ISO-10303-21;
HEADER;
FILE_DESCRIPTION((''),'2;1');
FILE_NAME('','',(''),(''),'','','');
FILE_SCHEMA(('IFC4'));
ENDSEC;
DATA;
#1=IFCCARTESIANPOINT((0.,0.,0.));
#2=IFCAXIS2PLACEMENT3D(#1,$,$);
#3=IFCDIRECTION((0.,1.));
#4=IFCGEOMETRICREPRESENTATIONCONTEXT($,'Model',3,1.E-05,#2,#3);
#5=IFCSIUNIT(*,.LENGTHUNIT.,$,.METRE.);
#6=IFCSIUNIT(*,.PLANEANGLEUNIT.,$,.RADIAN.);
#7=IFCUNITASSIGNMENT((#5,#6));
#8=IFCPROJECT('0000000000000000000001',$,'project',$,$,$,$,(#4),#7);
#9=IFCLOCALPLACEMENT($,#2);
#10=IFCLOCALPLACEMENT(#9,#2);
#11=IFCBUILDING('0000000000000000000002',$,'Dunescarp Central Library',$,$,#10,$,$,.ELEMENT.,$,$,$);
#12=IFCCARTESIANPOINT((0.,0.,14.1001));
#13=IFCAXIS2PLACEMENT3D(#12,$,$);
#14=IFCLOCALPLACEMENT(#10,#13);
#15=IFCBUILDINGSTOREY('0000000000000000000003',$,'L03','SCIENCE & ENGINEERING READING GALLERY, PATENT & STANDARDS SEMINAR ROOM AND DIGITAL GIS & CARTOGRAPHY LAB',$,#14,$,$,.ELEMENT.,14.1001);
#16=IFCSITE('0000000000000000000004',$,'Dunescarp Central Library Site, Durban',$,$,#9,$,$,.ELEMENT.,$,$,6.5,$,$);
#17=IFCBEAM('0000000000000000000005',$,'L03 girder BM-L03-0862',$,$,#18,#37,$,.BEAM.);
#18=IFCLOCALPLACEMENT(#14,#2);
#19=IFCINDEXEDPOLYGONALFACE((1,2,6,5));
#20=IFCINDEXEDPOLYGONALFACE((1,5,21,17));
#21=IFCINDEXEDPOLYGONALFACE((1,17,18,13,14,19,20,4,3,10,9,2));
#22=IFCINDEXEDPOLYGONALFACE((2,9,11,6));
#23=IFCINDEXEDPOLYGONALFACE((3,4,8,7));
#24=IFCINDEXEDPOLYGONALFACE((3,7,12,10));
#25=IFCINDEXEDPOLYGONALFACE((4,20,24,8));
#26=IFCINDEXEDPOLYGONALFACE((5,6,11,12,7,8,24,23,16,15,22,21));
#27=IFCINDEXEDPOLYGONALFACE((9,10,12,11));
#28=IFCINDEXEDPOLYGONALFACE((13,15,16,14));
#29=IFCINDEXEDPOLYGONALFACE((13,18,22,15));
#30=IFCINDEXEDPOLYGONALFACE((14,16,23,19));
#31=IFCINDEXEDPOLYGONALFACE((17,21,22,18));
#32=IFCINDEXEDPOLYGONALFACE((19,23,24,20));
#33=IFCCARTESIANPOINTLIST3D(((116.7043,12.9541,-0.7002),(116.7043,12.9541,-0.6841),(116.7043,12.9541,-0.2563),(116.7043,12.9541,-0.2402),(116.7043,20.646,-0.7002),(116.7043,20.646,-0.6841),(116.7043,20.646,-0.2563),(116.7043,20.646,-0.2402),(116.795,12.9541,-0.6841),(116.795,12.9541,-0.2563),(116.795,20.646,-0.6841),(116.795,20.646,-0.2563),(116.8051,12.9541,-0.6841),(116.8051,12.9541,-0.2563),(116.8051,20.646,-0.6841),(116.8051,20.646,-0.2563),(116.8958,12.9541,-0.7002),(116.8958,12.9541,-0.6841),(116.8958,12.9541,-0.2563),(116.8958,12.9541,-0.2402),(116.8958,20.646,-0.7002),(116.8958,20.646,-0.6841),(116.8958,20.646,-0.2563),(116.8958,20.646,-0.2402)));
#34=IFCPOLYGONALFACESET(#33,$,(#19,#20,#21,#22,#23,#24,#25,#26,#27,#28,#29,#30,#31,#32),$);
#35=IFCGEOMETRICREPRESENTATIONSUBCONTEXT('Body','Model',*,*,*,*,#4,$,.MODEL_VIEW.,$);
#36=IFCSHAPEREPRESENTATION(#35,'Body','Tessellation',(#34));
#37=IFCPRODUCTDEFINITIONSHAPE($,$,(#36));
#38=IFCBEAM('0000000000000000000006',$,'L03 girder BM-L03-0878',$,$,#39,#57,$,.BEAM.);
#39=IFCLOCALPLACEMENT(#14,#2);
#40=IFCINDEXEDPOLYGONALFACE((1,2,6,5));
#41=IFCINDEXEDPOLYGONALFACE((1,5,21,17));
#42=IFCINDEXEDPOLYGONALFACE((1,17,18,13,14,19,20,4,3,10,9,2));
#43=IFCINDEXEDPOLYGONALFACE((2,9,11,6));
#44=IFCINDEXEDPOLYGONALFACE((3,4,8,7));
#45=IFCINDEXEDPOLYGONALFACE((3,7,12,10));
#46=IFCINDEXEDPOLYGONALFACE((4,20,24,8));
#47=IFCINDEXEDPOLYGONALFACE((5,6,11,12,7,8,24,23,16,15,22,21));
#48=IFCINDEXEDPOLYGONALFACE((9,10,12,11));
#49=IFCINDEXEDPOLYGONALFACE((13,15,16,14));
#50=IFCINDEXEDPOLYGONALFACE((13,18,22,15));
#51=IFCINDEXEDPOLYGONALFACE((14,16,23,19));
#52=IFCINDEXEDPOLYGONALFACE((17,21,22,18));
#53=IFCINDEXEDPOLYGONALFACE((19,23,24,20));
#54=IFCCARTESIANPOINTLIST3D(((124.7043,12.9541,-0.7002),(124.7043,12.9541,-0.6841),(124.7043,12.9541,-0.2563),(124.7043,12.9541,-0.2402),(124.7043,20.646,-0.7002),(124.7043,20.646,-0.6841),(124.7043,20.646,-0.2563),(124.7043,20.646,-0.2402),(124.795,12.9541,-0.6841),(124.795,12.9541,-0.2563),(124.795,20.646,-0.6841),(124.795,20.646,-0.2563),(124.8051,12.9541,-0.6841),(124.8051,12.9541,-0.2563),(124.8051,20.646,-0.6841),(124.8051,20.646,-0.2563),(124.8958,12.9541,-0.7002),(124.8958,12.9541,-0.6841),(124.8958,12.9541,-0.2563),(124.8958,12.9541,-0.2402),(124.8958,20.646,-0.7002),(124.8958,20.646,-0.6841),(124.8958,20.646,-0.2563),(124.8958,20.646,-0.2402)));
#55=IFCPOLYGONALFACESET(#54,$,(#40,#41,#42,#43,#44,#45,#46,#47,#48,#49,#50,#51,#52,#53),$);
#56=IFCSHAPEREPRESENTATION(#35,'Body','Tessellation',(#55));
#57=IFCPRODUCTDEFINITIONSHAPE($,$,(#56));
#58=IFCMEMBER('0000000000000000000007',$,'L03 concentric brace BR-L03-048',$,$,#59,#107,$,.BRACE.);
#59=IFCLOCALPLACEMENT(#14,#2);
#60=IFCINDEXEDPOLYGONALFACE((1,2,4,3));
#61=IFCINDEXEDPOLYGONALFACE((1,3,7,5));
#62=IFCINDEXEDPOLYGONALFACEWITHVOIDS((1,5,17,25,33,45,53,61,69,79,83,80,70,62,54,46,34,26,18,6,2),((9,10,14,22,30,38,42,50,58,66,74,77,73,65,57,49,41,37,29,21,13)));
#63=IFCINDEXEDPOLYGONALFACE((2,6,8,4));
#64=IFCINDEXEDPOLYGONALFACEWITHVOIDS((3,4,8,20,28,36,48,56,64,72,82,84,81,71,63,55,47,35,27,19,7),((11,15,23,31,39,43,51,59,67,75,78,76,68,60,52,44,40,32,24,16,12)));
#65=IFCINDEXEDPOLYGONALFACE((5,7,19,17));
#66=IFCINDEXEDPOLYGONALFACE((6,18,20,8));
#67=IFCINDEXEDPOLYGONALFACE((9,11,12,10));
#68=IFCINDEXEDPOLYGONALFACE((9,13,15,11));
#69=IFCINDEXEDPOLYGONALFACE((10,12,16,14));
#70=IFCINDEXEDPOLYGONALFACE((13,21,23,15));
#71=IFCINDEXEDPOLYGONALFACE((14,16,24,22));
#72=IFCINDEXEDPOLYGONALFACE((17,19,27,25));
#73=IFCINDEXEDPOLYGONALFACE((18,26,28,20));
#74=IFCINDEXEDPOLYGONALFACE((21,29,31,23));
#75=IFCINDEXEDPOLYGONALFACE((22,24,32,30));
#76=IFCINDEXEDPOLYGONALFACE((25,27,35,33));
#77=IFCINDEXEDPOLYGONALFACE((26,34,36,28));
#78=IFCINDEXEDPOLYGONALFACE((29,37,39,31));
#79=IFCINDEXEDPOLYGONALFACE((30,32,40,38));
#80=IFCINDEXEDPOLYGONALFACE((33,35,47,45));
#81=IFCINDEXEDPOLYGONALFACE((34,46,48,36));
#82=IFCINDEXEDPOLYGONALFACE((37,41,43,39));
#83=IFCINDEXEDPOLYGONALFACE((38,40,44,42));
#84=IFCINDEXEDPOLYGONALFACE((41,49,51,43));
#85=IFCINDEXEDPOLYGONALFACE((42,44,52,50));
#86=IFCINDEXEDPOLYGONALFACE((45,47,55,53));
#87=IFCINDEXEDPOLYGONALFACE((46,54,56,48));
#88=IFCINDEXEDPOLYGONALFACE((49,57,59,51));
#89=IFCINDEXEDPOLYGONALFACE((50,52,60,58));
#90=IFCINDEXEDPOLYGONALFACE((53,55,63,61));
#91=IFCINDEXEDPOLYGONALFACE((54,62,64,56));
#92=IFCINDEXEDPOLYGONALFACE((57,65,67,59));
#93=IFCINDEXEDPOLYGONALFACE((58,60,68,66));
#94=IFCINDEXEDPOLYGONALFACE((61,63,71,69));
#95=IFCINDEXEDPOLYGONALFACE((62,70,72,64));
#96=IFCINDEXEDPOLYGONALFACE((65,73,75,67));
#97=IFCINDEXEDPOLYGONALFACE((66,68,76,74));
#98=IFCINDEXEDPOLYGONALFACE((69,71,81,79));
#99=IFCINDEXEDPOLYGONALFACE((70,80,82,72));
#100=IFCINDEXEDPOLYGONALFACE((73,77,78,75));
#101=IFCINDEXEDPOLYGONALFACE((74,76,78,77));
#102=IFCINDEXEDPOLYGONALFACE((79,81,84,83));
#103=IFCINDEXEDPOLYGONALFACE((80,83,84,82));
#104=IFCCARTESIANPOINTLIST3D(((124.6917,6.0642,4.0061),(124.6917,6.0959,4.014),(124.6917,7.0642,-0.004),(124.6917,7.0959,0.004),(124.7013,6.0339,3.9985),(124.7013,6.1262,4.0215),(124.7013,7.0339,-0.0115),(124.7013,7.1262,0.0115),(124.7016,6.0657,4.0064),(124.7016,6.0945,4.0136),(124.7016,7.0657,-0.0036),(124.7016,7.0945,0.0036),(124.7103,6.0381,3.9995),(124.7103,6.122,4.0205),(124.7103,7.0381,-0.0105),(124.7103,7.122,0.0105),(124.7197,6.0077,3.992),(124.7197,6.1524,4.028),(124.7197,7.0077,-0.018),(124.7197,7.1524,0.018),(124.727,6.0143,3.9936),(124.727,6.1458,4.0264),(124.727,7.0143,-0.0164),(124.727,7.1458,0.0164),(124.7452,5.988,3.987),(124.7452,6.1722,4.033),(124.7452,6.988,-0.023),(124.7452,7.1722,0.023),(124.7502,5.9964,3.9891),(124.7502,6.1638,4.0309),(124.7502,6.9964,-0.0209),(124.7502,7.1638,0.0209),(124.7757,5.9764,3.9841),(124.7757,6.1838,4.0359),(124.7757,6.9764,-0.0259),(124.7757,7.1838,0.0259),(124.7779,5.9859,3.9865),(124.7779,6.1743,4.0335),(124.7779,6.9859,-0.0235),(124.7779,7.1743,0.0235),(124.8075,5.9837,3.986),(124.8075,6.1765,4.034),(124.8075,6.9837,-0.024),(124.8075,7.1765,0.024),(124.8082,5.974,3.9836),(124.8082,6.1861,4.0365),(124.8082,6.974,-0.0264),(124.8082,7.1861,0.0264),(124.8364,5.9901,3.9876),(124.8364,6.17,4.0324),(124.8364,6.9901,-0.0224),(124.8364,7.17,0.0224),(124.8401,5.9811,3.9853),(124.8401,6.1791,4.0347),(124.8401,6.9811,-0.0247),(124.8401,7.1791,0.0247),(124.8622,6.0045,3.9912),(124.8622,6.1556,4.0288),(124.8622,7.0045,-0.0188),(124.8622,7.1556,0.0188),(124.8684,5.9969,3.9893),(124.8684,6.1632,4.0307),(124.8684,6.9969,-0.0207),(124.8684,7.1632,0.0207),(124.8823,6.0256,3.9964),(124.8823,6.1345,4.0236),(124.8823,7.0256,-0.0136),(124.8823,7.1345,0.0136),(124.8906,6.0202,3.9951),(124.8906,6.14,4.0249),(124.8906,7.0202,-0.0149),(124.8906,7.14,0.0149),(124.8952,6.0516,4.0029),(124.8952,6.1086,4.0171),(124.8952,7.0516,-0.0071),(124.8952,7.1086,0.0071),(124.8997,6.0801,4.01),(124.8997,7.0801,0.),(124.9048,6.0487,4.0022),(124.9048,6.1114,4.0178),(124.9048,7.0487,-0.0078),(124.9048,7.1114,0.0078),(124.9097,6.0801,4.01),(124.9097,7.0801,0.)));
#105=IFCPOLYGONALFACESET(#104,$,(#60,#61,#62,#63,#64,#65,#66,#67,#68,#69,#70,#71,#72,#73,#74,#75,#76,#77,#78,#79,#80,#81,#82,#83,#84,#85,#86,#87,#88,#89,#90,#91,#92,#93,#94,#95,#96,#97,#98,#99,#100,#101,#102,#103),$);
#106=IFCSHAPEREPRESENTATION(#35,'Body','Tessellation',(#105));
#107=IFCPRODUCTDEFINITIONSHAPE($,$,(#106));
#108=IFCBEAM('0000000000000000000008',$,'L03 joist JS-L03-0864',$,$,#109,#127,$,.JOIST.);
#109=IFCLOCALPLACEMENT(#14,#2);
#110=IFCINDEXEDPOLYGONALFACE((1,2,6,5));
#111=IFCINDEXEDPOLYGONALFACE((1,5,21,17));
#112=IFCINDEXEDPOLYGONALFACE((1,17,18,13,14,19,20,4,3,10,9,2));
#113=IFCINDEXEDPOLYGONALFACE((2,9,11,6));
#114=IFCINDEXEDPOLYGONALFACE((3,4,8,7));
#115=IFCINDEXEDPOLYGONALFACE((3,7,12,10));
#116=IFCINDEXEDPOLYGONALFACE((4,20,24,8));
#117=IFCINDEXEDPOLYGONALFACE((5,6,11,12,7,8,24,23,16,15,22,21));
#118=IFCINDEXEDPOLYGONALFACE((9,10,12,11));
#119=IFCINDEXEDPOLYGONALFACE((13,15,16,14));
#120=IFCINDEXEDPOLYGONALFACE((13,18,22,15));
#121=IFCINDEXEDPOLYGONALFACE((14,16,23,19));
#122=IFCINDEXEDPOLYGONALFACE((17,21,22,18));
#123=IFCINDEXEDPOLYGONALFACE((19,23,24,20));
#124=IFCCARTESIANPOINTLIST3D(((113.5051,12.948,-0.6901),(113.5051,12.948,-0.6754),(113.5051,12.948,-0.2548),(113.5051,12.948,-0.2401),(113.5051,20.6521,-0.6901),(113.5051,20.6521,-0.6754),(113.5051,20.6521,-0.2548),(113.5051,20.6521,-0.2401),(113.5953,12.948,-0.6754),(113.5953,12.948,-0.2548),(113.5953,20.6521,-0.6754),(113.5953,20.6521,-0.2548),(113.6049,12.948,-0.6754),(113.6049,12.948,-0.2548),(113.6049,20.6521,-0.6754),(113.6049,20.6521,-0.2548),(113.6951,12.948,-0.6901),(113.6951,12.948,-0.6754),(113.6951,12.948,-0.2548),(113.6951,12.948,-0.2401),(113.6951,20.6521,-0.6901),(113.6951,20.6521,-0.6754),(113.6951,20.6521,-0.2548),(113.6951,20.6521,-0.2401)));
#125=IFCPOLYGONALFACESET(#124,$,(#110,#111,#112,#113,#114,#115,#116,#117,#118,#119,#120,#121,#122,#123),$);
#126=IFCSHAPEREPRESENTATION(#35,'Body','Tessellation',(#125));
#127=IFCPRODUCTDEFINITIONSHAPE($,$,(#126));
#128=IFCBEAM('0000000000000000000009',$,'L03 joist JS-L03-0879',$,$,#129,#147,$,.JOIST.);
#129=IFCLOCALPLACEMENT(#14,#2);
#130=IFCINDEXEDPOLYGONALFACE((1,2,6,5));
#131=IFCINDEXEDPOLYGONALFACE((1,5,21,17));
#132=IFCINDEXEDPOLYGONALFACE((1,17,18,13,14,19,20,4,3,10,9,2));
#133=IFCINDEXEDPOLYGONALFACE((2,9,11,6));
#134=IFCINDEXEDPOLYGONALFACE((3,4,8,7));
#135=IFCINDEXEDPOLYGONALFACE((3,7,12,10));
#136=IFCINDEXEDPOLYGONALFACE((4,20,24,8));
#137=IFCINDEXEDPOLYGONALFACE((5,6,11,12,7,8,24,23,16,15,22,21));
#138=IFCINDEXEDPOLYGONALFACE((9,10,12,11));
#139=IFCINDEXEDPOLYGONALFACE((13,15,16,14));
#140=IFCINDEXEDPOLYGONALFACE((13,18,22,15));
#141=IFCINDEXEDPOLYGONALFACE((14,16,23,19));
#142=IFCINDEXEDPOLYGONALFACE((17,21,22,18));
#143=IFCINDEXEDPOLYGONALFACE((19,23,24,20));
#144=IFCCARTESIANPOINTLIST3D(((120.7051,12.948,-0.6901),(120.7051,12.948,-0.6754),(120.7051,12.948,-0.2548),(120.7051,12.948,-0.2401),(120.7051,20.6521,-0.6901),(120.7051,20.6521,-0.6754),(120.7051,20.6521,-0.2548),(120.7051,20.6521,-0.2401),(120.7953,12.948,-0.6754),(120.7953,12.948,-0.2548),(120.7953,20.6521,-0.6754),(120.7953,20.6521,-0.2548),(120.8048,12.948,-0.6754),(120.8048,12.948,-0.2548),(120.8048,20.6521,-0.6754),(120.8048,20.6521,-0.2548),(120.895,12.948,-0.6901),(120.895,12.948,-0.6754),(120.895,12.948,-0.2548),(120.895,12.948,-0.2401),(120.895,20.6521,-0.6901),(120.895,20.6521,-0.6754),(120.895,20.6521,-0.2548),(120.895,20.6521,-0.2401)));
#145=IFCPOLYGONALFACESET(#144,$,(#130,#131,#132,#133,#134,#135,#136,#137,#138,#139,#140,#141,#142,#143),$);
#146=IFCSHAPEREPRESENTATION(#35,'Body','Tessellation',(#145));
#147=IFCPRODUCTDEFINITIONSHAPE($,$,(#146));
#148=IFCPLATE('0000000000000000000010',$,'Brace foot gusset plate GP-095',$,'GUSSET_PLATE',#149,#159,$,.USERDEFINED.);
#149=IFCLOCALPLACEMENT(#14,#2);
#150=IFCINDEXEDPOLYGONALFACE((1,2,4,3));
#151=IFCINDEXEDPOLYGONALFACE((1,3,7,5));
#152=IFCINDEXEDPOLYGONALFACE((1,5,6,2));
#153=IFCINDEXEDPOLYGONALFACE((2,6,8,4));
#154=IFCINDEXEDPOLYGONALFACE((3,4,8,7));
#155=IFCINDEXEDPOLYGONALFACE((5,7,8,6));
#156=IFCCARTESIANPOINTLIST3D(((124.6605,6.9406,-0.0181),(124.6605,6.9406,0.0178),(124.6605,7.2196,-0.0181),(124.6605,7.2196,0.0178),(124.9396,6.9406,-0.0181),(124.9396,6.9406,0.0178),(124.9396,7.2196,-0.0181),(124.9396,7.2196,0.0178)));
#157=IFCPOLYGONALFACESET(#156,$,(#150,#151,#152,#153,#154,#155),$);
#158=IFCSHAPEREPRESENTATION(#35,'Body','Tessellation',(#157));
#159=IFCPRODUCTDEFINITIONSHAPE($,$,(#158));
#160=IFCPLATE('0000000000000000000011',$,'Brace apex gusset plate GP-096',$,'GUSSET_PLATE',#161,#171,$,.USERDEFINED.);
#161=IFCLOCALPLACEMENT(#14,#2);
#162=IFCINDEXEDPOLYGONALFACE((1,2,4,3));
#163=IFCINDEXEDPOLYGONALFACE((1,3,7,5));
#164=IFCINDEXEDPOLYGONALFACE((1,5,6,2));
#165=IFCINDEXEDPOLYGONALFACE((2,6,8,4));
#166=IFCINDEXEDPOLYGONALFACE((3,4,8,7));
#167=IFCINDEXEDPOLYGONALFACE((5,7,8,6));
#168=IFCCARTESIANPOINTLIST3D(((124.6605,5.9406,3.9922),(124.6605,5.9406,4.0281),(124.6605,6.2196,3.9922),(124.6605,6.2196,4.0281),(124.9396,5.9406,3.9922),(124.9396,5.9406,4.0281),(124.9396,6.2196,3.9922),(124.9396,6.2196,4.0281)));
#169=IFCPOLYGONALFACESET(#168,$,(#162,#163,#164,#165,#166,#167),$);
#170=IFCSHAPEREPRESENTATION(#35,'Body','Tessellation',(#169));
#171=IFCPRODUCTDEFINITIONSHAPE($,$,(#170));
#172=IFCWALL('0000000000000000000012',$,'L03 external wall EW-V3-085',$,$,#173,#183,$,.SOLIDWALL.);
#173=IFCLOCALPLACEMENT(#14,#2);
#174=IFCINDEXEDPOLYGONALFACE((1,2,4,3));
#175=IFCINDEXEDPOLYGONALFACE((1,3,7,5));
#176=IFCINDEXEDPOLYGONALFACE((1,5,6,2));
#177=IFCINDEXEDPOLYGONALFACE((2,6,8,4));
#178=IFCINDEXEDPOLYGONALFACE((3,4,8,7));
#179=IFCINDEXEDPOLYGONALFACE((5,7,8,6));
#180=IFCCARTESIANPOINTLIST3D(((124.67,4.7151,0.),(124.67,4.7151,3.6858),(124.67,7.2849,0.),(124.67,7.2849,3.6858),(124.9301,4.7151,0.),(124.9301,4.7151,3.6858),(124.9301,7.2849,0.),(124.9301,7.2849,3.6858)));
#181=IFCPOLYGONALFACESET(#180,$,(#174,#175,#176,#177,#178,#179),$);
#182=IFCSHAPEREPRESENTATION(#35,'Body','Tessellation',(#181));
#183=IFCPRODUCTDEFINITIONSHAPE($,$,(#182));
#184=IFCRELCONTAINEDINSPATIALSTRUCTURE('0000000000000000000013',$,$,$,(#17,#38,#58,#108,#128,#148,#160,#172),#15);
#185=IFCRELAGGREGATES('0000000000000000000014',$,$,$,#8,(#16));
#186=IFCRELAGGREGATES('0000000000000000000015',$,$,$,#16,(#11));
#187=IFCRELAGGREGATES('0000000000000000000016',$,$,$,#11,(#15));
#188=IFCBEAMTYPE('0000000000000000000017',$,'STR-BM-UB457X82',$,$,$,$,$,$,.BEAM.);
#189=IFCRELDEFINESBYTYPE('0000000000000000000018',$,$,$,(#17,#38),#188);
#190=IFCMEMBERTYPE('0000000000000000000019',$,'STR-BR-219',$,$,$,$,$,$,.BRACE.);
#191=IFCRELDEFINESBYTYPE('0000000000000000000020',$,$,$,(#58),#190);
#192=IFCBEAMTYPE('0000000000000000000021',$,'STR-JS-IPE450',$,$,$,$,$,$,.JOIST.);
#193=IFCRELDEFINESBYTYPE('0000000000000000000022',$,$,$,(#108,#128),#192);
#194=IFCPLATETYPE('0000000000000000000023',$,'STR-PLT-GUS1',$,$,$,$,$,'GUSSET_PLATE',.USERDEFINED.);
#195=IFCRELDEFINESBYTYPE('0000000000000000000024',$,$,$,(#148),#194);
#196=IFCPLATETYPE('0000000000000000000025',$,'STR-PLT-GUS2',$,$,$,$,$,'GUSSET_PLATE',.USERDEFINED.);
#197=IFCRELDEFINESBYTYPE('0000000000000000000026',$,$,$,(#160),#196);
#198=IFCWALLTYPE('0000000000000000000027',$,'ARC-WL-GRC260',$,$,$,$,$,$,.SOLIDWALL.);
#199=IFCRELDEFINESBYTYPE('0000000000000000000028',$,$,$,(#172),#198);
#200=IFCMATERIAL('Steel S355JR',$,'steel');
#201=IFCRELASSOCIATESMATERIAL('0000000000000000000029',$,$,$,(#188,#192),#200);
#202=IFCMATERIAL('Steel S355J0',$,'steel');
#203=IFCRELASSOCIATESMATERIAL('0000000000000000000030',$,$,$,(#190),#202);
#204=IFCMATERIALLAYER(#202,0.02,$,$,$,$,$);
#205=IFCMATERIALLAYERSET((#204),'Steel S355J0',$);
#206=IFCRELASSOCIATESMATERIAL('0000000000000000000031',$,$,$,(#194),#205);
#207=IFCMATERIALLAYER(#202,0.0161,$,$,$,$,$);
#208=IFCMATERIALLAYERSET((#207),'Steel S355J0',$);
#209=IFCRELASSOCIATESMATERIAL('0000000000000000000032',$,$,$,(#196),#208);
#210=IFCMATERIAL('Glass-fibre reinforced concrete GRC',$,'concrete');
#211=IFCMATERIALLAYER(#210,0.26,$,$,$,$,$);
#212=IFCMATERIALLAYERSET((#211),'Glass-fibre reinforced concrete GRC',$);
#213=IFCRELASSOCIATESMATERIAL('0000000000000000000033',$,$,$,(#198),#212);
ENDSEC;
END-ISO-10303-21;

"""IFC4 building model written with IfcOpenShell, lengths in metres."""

from ifc_helpers import new_model, si_unit, direction, frame, frame_2d, origin, origin_2d, place, context, subcontext, project, spatial, rectangle, hollow_circle, i_section, extrude, material, layer, layer_set, material_profile, profile_set, type_object, element, save


model = new_model("IFC4")

# Units and contexts
model_context = context("Model", 3, precision=1e-05, world=origin(), true_north=direction((0.0, 1.0)))
body_context = subcontext(model_context, "Body", "Model", "MODEL_VIEW")
ifc_project = project(units=[si_unit("LENGTHUNIT", "METRE"), si_unit("PLANEANGLEUNIT", "RADIAN")], contexts=[model_context])

# Site, building, storey
site_placement = place(None, origin())
site = spatial("IfcSite", under=ifc_project, at=site_placement, Name="Dunescarp Central Library Site, Durban", CompositionType="ELEMENT", RefElevation=6.5)
building_placement = place(site_placement, origin())
building = spatial("IfcBuilding", under=site, at=building_placement, Name="Dunescarp Central Library", CompositionType="ELEMENT")
storey_placement = place(building_placement, frame((0.0, 0.0, 14.1001)))
storey = spatial("IfcBuildingStorey", under=building, at=storey_placement, Name="L03", Description="SCIENCE & ENGINEERING READING GALLERY, PATENT & STANDARDS SEMINAR ROOM AND DIGITAL GIS & CARTOGRAPHY LAB", CompositionType="ELEMENT", Elevation=14.1001)

# Shared definitions
ifc_material_1 = material(Name="Steel S355JR", Category="steel")

# Beams
ifc_material_profile_1 = material_profile(ifc_material_1, i_section(OverallWidth=0.1914, OverallDepth=0.46, WebThickness=0.01, FlangeThickness=0.0161, at=origin_2d()), Name="UB 457x191x82")
ifc_profile_set_1 = profile_set([ifc_material_profile_1], Name="Steel S355JR")
beam_type_1 = type_object("IfcBeamType", Name="STR-BM-UB457X82", PredefinedType="BEAM", material=ifc_profile_set_1)
for number, where, z_axis, x_axis, name in (
    (1, (116.8, 12.9541, -0.4702), (0.0, 1.0, 0.0), (-1.0, 0.0, 0.0), "L03 girder BM-L03-0862"),
    (2, (124.8, 12.9541, -0.4702), (0.0, 1.0, 0.0), (-1.0, 0.0, 0.0), "L03 girder BM-L03-0878"),
):
    element("IfcBeam", number, at=place(storey_placement, frame(where, z_axis=z_axis, x_axis=x_axis)), inside=storey, type_object=beam_type_1, Name=name, PredefinedType="BEAM", context=body_context, shape_type="SweptSolid", body=[
        extrude(i_section(OverallWidth=0.1914, OverallDepth=0.46, WebThickness=0.01, FlangeThickness=0.0161, at=origin_2d()), origin(), (0.0, 0.0, 1.0), 7.6919),
    ])

# Member
ifc_material_2 = material(Name="Steel S355J0", Category="steel")
ifc_material_profile_2 = material_profile(ifc_material_2, hollow_circle(Radius=0.1096, WallThickness=0.01, at=origin_2d()), Name="CHS 219.1x10")
ifc_profile_set_2 = profile_set([ifc_material_profile_2], Name="Steel S355J0")
member_type_1 = type_object("IfcMemberType", Name="STR-BR-219", PredefinedType="BRACE", material=ifc_profile_set_2)
member_1_placement = place(storey_placement, frame((124.8, 7.0801, 0.0), z_axis=(0.0, -0.241966, 0.970285), x_axis=(1.0, 0.0, 0.0)))
element("IfcMember", 3, at=member_1_placement, inside=storey, type_object=member_type_1, Name="L03 concentric brace BR-L03-048", PredefinedType="BRACE", context=body_context, shape_type="SweptSolid", body=[
    extrude(hollow_circle(Radius=0.1096, WallThickness=0.01, at=origin_2d()), origin(), (0.0, 0.0, 1.0), 4.1328),
])

# Beams
ifc_material_profile_3 = material_profile(ifc_material_1, i_section(OverallWidth=0.1899, OverallDepth=0.45, WebThickness=0.0095, FlangeThickness=0.0146, at=origin_2d()), Name="IPE 450")
ifc_profile_set_3 = profile_set([ifc_material_profile_3], Name="Steel S355JR")
beam_type_2 = type_object("IfcBeamType", Name="STR-JS-IPE450", PredefinedType="JOIST", material=ifc_profile_set_3)
for number, where, z_axis, x_axis, name in (
    (4, (113.6001, 12.948, -0.4651), (0.0, 1.0, 0.0), (-1.0, 0.0, 0.0), "L03 joist JS-L03-0864"),
    (5, (120.8, 12.948, -0.4651), (0.0, 1.0, 0.0), (-1.0, 0.0, 0.0), "L03 joist JS-L03-0879"),
):
    element("IfcBeam", number, at=place(storey_placement, frame(where, z_axis=z_axis, x_axis=x_axis)), inside=storey, type_object=beam_type_2, Name=name, PredefinedType="JOIST", context=body_context, shape_type="SweptSolid", body=[
        extrude(i_section(OverallWidth=0.1899, OverallDepth=0.45, WebThickness=0.0095, FlangeThickness=0.0146, at=origin_2d()), origin(), (0.0, 0.0, 1.0), 7.7041),
    ])

# Plates
ifc_layer_1 = layer(ifc_material_2, 0.02)
ifc_layer_set_1 = layer_set([ifc_layer_1], Name="Steel S355J0")
plate_type_1 = type_object("IfcPlateType", Name="STR-PLT-GUS1", ElementType="GUSSET_PLATE", PredefinedType="USERDEFINED", material=ifc_layer_set_1)
plate_1_placement = place(storey_placement, frame((124.8, 7.0801, -0.0181), z_axis=(0.0, 0.0, 1.0), x_axis=(1.0, 0.0, 0.0)))
element("IfcPlate", 6, at=plate_1_placement, inside=storey, type_object=plate_type_1, Name="Brace foot gusset plate GP-095", ObjectType="GUSSET_PLATE", PredefinedType="USERDEFINED", context=body_context, shape_type="SweptSolid", body=[
    extrude(rectangle(XDim=0.2791, YDim=0.2791, at=origin_2d()), origin(), (0.0, 0.0, 1.0), 0.0359),
])
ifc_layer_2 = layer(ifc_material_2, 0.0161)
ifc_layer_set_2 = layer_set([ifc_layer_2], Name="Steel S355J0")
plate_type_2 = type_object("IfcPlateType", Name="STR-PLT-GUS2", ElementType="GUSSET_PLATE", PredefinedType="USERDEFINED", material=ifc_layer_set_2)
plate_2_placement = place(storey_placement, frame((124.8, 6.0801, 3.9922), z_axis=(0.0, 0.0, 1.0), x_axis=(1.0, 0.0, 0.0)))
element("IfcPlate", 7, at=plate_2_placement, inside=storey, type_object=plate_type_2, Name="Brace apex gusset plate GP-096", ObjectType="GUSSET_PLATE", PredefinedType="USERDEFINED", context=body_context, shape_type="SweptSolid", body=[
    extrude(rectangle(XDim=0.2791, YDim=0.2791, at=origin_2d()), origin(), (0.0, 0.0, 1.0), 0.0359),
])

# Wall
ifc_material_3 = material(Name="Glass-fibre reinforced concrete GRC", Category="concrete")
ifc_layer_3 = layer(ifc_material_3, 0.26)
ifc_layer_set_3 = layer_set([ifc_layer_3], Name="Glass-fibre reinforced concrete GRC")
wall_type_1 = type_object("IfcWallType", Name="ARC-WL-GRC260", PredefinedType="SOLIDWALL", material=ifc_layer_set_3)
wall_1_placement = place(storey_placement, frame((124.8, 7.2849, 0.0), z_axis=(0.0, 0.0, 1.0), x_axis=(0.0, -1.0, 0.0)))
element("IfcWall", 8, at=wall_1_placement, inside=storey, type_object=wall_type_1, Name="L03 external wall EW-V3-085", PredefinedType="SOLIDWALL", context=body_context, shape_type="SweptSolid", body=[
    extrude(rectangle(XDim=2.5698, YDim=0.26, at=frame_2d((1.2849, 0.0))), origin(), (0.0, 0.0, 1.0), 3.6858),
])

save(model, "model.ifc")
